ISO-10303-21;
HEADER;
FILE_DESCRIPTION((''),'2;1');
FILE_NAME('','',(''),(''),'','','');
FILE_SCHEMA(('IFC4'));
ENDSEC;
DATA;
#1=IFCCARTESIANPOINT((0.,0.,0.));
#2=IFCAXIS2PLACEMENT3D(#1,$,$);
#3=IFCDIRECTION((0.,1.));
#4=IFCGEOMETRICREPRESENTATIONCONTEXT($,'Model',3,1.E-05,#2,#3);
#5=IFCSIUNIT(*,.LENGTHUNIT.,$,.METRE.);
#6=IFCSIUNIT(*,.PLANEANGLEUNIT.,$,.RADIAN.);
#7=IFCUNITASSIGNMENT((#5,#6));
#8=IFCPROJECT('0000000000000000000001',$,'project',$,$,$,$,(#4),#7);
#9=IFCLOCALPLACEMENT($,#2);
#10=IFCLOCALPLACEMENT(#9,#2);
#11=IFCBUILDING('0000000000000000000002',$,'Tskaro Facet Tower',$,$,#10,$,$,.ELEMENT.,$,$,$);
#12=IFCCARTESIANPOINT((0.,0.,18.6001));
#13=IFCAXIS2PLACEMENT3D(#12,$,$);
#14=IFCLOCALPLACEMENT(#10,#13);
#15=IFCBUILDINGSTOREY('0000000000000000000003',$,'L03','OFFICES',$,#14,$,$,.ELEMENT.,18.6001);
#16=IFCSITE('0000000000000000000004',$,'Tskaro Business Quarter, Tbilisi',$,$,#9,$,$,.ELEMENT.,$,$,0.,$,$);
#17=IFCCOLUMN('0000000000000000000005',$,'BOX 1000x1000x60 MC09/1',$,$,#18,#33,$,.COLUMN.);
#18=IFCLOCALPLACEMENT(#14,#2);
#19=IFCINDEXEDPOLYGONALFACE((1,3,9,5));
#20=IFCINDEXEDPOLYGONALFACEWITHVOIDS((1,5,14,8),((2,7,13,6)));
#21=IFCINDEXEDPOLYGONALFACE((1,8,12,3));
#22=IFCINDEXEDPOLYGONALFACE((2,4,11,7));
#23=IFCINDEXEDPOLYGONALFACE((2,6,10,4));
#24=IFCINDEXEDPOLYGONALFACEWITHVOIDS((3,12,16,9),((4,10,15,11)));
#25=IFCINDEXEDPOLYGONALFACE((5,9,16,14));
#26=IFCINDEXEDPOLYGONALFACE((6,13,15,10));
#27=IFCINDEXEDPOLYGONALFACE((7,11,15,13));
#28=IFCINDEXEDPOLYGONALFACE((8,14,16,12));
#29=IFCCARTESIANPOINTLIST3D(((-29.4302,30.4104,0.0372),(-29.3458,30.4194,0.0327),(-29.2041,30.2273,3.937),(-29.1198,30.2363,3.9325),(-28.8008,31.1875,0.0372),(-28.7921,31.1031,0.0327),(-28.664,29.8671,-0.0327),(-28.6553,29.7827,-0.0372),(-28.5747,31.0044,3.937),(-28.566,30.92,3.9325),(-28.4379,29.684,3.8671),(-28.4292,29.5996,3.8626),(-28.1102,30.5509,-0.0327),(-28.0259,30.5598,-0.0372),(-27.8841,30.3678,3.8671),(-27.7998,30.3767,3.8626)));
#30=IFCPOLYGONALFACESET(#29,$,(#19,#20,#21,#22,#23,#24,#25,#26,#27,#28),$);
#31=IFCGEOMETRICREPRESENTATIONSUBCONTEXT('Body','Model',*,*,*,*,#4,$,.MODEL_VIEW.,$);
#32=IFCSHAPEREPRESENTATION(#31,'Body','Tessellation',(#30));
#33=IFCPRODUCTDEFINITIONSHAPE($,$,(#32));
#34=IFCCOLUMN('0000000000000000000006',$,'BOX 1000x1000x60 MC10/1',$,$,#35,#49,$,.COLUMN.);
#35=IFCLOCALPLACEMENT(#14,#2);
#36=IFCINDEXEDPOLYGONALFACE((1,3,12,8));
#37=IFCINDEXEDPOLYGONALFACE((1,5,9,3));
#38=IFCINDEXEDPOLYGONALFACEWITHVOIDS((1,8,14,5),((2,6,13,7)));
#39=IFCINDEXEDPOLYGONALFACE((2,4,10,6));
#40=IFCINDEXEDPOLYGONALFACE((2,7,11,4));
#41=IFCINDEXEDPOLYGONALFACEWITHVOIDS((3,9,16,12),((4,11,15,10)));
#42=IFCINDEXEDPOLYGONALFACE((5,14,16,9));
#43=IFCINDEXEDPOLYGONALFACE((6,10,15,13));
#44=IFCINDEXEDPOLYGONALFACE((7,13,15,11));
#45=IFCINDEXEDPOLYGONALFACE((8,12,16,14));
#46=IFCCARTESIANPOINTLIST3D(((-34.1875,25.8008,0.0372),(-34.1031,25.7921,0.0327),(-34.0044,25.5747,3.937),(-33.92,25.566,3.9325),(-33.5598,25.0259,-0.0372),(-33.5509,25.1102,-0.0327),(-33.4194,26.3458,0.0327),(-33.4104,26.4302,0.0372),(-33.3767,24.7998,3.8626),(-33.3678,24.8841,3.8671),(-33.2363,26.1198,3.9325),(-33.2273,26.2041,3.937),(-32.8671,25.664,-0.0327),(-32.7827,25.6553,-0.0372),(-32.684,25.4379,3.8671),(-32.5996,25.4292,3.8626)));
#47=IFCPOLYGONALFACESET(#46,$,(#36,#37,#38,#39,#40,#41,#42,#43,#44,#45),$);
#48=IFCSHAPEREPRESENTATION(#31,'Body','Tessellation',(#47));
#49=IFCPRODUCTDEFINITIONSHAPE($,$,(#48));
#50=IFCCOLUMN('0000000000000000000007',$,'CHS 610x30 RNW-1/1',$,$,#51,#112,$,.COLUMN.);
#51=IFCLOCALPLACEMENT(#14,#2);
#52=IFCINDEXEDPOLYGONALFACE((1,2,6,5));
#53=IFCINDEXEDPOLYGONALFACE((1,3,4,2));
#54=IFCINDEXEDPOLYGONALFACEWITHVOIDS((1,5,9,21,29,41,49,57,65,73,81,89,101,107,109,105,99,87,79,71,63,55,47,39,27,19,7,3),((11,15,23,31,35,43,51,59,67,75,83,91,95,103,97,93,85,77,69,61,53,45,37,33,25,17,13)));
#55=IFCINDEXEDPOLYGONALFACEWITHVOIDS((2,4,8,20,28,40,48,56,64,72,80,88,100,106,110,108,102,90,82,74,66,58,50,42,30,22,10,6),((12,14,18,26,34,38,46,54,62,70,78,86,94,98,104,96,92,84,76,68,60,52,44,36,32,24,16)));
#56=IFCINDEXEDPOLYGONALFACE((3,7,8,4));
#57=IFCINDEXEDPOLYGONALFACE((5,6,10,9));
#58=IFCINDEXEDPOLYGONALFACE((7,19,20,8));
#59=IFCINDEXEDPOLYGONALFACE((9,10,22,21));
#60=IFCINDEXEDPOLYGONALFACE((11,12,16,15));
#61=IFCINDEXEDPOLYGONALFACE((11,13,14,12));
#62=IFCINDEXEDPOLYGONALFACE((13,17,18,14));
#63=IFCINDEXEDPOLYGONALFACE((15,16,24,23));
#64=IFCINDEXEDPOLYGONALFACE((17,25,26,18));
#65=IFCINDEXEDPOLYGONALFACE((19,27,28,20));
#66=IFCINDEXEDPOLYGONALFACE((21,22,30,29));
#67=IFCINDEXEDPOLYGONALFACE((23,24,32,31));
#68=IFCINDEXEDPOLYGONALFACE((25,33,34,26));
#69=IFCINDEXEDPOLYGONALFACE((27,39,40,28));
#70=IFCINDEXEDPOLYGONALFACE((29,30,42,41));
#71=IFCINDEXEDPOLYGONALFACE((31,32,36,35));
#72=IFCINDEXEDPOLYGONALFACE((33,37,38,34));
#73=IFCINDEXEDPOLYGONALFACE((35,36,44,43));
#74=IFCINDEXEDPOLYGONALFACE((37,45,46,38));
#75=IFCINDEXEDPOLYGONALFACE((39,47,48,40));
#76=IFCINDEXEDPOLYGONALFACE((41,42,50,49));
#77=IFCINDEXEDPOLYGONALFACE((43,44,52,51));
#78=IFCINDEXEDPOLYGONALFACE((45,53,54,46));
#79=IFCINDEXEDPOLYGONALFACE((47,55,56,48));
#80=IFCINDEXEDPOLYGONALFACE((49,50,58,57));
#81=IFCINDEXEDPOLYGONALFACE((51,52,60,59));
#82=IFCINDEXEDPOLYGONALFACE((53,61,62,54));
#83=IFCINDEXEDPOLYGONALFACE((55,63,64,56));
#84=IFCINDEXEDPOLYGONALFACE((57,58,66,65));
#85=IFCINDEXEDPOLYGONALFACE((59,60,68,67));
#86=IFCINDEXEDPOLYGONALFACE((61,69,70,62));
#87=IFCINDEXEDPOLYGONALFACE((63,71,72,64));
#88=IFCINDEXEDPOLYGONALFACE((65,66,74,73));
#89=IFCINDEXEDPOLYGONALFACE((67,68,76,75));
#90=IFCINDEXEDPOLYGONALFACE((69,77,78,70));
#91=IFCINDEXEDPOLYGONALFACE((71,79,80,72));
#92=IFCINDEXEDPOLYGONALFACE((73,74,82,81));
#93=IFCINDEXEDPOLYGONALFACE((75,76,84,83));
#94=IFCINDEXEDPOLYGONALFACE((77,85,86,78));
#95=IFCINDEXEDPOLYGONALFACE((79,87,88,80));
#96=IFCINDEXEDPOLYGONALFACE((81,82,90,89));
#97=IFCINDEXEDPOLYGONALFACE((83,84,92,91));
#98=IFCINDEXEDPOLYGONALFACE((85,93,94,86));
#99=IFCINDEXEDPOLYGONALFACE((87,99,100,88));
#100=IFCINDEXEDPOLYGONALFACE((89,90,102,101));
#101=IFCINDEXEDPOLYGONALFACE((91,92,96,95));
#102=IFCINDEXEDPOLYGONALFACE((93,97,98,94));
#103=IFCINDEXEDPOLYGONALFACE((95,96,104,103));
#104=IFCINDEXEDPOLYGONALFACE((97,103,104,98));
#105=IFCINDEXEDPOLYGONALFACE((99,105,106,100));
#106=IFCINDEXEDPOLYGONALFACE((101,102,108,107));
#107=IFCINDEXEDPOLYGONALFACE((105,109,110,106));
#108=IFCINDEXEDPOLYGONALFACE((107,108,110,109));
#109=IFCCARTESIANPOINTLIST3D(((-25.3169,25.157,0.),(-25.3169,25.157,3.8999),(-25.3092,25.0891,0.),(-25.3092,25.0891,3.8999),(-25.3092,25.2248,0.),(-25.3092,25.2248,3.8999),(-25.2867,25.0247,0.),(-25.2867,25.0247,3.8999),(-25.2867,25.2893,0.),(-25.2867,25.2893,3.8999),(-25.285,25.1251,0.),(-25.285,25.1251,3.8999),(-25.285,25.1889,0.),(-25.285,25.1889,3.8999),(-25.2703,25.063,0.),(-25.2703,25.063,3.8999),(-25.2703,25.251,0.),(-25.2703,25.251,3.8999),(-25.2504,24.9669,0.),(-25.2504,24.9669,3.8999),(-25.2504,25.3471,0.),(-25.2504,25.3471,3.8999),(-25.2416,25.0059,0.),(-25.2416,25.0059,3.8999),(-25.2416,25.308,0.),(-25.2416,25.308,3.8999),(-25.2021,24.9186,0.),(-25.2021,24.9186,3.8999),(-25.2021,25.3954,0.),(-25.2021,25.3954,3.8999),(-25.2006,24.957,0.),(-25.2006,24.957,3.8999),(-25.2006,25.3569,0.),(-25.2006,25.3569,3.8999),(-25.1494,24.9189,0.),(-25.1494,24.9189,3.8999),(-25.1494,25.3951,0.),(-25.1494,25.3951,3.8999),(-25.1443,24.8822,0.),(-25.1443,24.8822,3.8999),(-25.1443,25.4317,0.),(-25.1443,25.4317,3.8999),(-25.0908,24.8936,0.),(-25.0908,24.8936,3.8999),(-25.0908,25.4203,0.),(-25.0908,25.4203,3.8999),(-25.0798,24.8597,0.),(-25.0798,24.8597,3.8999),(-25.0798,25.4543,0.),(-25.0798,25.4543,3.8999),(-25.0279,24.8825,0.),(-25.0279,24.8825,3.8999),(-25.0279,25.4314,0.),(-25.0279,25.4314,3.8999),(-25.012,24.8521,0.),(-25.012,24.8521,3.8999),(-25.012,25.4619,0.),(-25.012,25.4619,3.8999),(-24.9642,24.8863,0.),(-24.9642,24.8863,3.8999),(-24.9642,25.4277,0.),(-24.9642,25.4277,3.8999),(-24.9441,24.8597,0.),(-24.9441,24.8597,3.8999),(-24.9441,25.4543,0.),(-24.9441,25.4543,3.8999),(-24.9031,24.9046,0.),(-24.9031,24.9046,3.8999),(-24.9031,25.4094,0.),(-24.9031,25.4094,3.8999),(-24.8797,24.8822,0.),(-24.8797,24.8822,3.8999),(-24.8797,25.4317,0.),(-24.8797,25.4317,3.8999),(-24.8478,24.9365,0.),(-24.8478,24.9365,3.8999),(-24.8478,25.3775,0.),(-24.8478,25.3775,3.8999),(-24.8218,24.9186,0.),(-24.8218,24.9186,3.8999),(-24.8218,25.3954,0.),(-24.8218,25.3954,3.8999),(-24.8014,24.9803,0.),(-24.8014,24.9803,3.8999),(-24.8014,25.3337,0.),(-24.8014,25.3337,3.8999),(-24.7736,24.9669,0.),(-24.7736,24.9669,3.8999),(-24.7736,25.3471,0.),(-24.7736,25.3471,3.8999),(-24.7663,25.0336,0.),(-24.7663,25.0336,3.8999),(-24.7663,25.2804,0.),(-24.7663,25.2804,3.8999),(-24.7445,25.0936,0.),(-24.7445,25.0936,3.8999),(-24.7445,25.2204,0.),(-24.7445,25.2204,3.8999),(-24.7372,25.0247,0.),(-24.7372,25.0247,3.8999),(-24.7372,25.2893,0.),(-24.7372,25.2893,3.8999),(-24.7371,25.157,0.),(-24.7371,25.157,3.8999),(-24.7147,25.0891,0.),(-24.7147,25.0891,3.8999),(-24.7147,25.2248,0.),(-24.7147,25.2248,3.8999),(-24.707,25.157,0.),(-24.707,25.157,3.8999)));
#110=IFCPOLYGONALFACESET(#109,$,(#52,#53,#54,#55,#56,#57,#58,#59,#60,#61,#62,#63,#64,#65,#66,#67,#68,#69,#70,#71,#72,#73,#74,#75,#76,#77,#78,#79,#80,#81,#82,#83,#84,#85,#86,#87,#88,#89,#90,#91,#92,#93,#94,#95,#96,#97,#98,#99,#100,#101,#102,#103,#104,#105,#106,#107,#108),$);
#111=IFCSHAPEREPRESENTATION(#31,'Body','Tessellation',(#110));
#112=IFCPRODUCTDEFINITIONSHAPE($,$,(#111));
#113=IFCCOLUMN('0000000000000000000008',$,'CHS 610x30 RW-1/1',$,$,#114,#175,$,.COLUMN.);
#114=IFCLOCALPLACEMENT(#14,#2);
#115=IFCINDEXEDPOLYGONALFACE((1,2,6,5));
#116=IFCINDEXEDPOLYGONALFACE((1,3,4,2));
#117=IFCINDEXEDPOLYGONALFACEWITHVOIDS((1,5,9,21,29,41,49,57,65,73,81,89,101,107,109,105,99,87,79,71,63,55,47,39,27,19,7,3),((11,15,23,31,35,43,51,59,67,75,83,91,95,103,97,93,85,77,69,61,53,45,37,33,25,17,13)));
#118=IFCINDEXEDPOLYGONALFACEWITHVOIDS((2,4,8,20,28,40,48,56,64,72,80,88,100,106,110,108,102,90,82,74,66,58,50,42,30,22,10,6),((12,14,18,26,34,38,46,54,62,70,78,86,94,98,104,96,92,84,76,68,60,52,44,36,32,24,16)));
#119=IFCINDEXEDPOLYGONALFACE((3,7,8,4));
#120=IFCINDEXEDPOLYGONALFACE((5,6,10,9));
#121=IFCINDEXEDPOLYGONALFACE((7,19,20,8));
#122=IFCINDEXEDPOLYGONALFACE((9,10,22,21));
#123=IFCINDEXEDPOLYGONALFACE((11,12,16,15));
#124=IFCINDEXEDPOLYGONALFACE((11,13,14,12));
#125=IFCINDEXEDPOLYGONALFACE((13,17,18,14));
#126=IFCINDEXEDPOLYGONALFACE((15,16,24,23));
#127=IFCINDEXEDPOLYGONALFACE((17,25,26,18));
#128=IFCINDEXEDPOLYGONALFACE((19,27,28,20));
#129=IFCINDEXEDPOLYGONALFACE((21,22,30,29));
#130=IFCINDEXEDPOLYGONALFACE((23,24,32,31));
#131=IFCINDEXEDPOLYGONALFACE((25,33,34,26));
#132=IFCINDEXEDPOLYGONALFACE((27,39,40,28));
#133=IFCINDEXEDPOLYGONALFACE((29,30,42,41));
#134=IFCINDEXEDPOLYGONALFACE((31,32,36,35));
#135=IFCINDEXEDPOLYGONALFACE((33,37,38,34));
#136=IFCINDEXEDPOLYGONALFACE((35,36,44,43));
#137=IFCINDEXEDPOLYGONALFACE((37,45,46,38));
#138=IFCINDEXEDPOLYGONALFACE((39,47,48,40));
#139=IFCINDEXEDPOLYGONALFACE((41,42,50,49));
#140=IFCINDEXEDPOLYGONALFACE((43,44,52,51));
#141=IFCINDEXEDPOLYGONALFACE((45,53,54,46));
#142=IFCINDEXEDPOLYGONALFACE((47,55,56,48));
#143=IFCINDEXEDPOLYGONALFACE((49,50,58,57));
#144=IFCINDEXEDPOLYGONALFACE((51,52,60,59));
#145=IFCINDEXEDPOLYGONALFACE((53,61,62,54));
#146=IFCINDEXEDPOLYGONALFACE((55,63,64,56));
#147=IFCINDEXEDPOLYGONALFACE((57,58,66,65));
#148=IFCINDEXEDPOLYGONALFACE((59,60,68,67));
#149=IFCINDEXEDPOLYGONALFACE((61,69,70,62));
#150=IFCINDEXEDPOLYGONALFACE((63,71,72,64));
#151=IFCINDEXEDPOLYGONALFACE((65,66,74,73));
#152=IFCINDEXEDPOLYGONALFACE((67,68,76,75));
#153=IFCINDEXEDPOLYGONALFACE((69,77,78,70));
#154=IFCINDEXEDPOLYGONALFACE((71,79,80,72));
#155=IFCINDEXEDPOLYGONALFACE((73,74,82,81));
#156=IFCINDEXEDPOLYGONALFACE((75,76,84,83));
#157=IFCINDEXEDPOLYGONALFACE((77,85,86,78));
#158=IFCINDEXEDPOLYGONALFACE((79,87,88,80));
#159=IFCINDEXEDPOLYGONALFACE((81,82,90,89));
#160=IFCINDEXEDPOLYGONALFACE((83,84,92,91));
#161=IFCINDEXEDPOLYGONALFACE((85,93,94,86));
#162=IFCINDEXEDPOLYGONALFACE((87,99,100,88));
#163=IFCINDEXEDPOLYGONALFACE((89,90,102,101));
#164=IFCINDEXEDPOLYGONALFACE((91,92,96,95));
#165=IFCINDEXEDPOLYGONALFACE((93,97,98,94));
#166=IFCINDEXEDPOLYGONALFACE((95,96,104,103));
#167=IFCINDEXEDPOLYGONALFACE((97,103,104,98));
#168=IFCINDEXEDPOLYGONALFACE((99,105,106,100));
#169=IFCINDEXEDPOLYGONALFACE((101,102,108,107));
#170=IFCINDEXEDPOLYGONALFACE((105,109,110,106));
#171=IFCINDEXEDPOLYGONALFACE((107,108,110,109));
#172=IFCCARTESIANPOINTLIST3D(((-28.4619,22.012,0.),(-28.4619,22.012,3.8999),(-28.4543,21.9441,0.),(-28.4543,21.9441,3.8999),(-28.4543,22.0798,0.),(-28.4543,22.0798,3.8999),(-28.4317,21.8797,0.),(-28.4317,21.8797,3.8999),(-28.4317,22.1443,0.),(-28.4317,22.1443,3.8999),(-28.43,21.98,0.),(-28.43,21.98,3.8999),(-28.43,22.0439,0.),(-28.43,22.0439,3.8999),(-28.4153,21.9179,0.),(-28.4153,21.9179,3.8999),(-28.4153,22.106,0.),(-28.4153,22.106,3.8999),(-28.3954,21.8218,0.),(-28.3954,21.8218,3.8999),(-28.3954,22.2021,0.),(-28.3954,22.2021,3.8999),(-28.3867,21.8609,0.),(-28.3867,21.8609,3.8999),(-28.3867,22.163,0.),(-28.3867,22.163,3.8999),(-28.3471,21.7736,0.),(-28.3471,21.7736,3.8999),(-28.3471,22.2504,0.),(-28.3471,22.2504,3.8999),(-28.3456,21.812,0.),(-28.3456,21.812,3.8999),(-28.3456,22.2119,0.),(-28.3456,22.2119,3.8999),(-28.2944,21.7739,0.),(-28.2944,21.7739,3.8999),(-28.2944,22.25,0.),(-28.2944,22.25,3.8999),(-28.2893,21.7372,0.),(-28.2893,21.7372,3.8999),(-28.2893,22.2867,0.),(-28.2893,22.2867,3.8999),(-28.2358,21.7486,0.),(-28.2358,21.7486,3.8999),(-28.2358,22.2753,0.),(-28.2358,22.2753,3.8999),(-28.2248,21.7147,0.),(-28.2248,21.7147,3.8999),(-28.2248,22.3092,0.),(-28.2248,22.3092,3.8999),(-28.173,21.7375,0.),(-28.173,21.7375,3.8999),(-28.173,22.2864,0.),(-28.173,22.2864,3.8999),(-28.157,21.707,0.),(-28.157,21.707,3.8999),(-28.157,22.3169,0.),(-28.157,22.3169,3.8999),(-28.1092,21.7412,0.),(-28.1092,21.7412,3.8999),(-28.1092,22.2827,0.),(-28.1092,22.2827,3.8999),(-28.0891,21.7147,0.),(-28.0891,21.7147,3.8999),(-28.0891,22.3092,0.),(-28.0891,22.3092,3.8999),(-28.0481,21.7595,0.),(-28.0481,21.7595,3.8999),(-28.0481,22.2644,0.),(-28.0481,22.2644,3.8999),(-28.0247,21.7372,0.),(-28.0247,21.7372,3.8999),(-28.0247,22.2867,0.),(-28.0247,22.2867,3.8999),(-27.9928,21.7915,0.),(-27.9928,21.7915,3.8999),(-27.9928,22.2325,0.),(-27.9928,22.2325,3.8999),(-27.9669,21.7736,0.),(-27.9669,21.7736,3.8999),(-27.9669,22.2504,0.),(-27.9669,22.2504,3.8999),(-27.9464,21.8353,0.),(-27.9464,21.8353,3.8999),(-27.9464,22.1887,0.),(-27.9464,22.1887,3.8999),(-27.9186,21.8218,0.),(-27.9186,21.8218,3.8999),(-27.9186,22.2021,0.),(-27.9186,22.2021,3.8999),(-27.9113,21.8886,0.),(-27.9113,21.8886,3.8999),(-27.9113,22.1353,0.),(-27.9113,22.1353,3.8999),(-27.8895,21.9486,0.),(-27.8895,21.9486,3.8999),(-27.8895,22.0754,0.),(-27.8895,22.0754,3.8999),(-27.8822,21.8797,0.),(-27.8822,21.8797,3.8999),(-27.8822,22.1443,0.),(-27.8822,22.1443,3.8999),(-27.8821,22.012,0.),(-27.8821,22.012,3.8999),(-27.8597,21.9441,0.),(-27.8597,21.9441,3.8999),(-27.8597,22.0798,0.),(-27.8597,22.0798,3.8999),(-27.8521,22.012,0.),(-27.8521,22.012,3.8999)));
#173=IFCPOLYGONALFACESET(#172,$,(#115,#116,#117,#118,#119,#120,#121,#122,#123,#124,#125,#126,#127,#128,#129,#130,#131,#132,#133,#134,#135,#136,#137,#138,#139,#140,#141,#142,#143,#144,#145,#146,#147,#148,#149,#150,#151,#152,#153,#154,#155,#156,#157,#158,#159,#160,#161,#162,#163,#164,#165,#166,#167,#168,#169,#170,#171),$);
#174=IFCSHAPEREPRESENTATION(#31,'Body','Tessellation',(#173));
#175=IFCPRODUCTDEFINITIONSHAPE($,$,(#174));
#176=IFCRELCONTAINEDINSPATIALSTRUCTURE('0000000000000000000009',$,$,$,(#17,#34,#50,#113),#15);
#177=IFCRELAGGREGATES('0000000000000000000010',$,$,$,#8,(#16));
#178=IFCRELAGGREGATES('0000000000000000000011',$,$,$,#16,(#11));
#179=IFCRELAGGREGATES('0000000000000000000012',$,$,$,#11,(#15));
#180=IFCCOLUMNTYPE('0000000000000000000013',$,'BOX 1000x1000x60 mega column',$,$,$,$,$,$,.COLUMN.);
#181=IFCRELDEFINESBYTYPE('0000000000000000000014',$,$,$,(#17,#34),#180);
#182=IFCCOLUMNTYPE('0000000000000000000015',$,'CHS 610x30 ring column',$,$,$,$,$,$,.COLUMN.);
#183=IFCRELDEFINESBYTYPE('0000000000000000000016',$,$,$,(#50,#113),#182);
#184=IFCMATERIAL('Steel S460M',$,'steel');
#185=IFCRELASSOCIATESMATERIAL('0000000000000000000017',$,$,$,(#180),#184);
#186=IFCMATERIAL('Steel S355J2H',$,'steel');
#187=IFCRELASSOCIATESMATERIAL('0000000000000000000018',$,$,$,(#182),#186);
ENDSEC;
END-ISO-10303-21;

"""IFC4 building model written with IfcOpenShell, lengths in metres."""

from ifc_helpers import new_model, si_unit, direction, frame, origin, origin_2d, place, context, subcontext, project, spatial, hollow_rectangle, hollow_circle, extrude, material, material_profile, profile_set, type_object, element, save


model = new_model("IFC4")

# Units and contexts
model_context = context("Model", 3, precision=1e-05, world=origin(), true_north=direction((0.0, 1.0)))
body_context = subcontext(model_context, "Body", "Model", "MODEL_VIEW")
ifc_project = project(units=[si_unit("LENGTHUNIT", "METRE"), si_unit("PLANEANGLEUNIT", "RADIAN")], contexts=[model_context])

# Site, building, storey
site_placement = place(None, origin())
site = spatial("IfcSite", under=ifc_project, at=site_placement, Name="Tskaro Business Quarter, Tbilisi", CompositionType="ELEMENT", RefElevation=0.0)
building_placement = place(site_placement, origin())
building = spatial("IfcBuilding", under=site, at=building_placement, Name="Tskaro Facet Tower", CompositionType="ELEMENT")
storey_placement = place(building_placement, frame((0.0, 0.0, 18.6001)))
storey = spatial("IfcBuildingStorey", under=building, at=storey_placement, Name="L03", Description="OFFICES", CompositionType="ELEMENT", Elevation=18.6001)

# Columns
ifc_material_1 = material(Name="Steel S460M", Category="steel")
ifc_material_profile_1 = material_profile(ifc_material_1, hollow_rectangle(XDim=1.0, YDim=1.0, WallThickness=0.0601, at=origin_2d()), Name="BOX 1000x1000x60")
ifc_profile_set_1 = profile_set([ifc_material_profile_1], Name="Steel S460M")
column_type_1 = type_object("IfcColumnType", Name="BOX 1000x1000x60 mega column", PredefinedType="COLUMN", material=ifc_profile_set_1)
for number, where, z_axis, x_axis, name in (
    (1, (-28.728, 30.4851, 0.0), (0.057809, -0.046821, 0.997229), (0.629391, 0.777089, 0.0), "BOX 1000x1000x60 MC09/1"),
    (2, (-33.4851, 25.728, 0.0), (0.046821, -0.057809, 0.997229), (0.777089, 0.629391, 0.0), "BOX 1000x1000x60 MC10/1"),
):
    element("IfcColumn", number, at=place(storey_placement, frame(where, z_axis=z_axis, x_axis=x_axis)), inside=storey, type_object=column_type_1, Name=name, PredefinedType="COLUMN", context=body_context, shape_type="SweptSolid", body=[
        extrude(hollow_rectangle(XDim=1.0, YDim=1.0, WallThickness=0.0601, at=origin_2d()), origin(), (0.0, 0.0, 1.0), 3.9106),
    ])
ifc_material_2 = material(Name="Steel S355J2H", Category="steel")
ifc_material_profile_2 = material_profile(ifc_material_2, hollow_circle(Radius=0.3049, WallThickness=0.03, at=origin_2d()), Name="CHS 610x30")
ifc_profile_set_2 = profile_set([ifc_material_profile_2], Name="Steel S355J2H")
column_type_2 = type_object("IfcColumnType", Name="CHS 610x30 ring column", PredefinedType="COLUMN", material=ifc_profile_set_2)
for number, where, z_axis, x_axis, name in (
    (3, (-25.012, 25.157, 0.0), (0.0, 0.0, 1.0), (1.0, 0.0, 0.0), "CHS 610x30 RNW-1/1"),
    (4, (-28.157, 22.012, 0.0), (0.0, 0.0, 1.0), (1.0, 0.0, 0.0), "CHS 610x30 RW-1/1"),
):
    element("IfcColumn", number, at=place(storey_placement, frame(where, z_axis=z_axis, x_axis=x_axis)), inside=storey, type_object=column_type_2, Name=name, PredefinedType="COLUMN", context=body_context, shape_type="SweptSolid", body=[
        extrude(hollow_circle(Radius=0.3049, WallThickness=0.03, at=origin_2d()), origin(), (0.0, 0.0, 1.0), 3.8999),
    ])

save(model, "model.ifc")
